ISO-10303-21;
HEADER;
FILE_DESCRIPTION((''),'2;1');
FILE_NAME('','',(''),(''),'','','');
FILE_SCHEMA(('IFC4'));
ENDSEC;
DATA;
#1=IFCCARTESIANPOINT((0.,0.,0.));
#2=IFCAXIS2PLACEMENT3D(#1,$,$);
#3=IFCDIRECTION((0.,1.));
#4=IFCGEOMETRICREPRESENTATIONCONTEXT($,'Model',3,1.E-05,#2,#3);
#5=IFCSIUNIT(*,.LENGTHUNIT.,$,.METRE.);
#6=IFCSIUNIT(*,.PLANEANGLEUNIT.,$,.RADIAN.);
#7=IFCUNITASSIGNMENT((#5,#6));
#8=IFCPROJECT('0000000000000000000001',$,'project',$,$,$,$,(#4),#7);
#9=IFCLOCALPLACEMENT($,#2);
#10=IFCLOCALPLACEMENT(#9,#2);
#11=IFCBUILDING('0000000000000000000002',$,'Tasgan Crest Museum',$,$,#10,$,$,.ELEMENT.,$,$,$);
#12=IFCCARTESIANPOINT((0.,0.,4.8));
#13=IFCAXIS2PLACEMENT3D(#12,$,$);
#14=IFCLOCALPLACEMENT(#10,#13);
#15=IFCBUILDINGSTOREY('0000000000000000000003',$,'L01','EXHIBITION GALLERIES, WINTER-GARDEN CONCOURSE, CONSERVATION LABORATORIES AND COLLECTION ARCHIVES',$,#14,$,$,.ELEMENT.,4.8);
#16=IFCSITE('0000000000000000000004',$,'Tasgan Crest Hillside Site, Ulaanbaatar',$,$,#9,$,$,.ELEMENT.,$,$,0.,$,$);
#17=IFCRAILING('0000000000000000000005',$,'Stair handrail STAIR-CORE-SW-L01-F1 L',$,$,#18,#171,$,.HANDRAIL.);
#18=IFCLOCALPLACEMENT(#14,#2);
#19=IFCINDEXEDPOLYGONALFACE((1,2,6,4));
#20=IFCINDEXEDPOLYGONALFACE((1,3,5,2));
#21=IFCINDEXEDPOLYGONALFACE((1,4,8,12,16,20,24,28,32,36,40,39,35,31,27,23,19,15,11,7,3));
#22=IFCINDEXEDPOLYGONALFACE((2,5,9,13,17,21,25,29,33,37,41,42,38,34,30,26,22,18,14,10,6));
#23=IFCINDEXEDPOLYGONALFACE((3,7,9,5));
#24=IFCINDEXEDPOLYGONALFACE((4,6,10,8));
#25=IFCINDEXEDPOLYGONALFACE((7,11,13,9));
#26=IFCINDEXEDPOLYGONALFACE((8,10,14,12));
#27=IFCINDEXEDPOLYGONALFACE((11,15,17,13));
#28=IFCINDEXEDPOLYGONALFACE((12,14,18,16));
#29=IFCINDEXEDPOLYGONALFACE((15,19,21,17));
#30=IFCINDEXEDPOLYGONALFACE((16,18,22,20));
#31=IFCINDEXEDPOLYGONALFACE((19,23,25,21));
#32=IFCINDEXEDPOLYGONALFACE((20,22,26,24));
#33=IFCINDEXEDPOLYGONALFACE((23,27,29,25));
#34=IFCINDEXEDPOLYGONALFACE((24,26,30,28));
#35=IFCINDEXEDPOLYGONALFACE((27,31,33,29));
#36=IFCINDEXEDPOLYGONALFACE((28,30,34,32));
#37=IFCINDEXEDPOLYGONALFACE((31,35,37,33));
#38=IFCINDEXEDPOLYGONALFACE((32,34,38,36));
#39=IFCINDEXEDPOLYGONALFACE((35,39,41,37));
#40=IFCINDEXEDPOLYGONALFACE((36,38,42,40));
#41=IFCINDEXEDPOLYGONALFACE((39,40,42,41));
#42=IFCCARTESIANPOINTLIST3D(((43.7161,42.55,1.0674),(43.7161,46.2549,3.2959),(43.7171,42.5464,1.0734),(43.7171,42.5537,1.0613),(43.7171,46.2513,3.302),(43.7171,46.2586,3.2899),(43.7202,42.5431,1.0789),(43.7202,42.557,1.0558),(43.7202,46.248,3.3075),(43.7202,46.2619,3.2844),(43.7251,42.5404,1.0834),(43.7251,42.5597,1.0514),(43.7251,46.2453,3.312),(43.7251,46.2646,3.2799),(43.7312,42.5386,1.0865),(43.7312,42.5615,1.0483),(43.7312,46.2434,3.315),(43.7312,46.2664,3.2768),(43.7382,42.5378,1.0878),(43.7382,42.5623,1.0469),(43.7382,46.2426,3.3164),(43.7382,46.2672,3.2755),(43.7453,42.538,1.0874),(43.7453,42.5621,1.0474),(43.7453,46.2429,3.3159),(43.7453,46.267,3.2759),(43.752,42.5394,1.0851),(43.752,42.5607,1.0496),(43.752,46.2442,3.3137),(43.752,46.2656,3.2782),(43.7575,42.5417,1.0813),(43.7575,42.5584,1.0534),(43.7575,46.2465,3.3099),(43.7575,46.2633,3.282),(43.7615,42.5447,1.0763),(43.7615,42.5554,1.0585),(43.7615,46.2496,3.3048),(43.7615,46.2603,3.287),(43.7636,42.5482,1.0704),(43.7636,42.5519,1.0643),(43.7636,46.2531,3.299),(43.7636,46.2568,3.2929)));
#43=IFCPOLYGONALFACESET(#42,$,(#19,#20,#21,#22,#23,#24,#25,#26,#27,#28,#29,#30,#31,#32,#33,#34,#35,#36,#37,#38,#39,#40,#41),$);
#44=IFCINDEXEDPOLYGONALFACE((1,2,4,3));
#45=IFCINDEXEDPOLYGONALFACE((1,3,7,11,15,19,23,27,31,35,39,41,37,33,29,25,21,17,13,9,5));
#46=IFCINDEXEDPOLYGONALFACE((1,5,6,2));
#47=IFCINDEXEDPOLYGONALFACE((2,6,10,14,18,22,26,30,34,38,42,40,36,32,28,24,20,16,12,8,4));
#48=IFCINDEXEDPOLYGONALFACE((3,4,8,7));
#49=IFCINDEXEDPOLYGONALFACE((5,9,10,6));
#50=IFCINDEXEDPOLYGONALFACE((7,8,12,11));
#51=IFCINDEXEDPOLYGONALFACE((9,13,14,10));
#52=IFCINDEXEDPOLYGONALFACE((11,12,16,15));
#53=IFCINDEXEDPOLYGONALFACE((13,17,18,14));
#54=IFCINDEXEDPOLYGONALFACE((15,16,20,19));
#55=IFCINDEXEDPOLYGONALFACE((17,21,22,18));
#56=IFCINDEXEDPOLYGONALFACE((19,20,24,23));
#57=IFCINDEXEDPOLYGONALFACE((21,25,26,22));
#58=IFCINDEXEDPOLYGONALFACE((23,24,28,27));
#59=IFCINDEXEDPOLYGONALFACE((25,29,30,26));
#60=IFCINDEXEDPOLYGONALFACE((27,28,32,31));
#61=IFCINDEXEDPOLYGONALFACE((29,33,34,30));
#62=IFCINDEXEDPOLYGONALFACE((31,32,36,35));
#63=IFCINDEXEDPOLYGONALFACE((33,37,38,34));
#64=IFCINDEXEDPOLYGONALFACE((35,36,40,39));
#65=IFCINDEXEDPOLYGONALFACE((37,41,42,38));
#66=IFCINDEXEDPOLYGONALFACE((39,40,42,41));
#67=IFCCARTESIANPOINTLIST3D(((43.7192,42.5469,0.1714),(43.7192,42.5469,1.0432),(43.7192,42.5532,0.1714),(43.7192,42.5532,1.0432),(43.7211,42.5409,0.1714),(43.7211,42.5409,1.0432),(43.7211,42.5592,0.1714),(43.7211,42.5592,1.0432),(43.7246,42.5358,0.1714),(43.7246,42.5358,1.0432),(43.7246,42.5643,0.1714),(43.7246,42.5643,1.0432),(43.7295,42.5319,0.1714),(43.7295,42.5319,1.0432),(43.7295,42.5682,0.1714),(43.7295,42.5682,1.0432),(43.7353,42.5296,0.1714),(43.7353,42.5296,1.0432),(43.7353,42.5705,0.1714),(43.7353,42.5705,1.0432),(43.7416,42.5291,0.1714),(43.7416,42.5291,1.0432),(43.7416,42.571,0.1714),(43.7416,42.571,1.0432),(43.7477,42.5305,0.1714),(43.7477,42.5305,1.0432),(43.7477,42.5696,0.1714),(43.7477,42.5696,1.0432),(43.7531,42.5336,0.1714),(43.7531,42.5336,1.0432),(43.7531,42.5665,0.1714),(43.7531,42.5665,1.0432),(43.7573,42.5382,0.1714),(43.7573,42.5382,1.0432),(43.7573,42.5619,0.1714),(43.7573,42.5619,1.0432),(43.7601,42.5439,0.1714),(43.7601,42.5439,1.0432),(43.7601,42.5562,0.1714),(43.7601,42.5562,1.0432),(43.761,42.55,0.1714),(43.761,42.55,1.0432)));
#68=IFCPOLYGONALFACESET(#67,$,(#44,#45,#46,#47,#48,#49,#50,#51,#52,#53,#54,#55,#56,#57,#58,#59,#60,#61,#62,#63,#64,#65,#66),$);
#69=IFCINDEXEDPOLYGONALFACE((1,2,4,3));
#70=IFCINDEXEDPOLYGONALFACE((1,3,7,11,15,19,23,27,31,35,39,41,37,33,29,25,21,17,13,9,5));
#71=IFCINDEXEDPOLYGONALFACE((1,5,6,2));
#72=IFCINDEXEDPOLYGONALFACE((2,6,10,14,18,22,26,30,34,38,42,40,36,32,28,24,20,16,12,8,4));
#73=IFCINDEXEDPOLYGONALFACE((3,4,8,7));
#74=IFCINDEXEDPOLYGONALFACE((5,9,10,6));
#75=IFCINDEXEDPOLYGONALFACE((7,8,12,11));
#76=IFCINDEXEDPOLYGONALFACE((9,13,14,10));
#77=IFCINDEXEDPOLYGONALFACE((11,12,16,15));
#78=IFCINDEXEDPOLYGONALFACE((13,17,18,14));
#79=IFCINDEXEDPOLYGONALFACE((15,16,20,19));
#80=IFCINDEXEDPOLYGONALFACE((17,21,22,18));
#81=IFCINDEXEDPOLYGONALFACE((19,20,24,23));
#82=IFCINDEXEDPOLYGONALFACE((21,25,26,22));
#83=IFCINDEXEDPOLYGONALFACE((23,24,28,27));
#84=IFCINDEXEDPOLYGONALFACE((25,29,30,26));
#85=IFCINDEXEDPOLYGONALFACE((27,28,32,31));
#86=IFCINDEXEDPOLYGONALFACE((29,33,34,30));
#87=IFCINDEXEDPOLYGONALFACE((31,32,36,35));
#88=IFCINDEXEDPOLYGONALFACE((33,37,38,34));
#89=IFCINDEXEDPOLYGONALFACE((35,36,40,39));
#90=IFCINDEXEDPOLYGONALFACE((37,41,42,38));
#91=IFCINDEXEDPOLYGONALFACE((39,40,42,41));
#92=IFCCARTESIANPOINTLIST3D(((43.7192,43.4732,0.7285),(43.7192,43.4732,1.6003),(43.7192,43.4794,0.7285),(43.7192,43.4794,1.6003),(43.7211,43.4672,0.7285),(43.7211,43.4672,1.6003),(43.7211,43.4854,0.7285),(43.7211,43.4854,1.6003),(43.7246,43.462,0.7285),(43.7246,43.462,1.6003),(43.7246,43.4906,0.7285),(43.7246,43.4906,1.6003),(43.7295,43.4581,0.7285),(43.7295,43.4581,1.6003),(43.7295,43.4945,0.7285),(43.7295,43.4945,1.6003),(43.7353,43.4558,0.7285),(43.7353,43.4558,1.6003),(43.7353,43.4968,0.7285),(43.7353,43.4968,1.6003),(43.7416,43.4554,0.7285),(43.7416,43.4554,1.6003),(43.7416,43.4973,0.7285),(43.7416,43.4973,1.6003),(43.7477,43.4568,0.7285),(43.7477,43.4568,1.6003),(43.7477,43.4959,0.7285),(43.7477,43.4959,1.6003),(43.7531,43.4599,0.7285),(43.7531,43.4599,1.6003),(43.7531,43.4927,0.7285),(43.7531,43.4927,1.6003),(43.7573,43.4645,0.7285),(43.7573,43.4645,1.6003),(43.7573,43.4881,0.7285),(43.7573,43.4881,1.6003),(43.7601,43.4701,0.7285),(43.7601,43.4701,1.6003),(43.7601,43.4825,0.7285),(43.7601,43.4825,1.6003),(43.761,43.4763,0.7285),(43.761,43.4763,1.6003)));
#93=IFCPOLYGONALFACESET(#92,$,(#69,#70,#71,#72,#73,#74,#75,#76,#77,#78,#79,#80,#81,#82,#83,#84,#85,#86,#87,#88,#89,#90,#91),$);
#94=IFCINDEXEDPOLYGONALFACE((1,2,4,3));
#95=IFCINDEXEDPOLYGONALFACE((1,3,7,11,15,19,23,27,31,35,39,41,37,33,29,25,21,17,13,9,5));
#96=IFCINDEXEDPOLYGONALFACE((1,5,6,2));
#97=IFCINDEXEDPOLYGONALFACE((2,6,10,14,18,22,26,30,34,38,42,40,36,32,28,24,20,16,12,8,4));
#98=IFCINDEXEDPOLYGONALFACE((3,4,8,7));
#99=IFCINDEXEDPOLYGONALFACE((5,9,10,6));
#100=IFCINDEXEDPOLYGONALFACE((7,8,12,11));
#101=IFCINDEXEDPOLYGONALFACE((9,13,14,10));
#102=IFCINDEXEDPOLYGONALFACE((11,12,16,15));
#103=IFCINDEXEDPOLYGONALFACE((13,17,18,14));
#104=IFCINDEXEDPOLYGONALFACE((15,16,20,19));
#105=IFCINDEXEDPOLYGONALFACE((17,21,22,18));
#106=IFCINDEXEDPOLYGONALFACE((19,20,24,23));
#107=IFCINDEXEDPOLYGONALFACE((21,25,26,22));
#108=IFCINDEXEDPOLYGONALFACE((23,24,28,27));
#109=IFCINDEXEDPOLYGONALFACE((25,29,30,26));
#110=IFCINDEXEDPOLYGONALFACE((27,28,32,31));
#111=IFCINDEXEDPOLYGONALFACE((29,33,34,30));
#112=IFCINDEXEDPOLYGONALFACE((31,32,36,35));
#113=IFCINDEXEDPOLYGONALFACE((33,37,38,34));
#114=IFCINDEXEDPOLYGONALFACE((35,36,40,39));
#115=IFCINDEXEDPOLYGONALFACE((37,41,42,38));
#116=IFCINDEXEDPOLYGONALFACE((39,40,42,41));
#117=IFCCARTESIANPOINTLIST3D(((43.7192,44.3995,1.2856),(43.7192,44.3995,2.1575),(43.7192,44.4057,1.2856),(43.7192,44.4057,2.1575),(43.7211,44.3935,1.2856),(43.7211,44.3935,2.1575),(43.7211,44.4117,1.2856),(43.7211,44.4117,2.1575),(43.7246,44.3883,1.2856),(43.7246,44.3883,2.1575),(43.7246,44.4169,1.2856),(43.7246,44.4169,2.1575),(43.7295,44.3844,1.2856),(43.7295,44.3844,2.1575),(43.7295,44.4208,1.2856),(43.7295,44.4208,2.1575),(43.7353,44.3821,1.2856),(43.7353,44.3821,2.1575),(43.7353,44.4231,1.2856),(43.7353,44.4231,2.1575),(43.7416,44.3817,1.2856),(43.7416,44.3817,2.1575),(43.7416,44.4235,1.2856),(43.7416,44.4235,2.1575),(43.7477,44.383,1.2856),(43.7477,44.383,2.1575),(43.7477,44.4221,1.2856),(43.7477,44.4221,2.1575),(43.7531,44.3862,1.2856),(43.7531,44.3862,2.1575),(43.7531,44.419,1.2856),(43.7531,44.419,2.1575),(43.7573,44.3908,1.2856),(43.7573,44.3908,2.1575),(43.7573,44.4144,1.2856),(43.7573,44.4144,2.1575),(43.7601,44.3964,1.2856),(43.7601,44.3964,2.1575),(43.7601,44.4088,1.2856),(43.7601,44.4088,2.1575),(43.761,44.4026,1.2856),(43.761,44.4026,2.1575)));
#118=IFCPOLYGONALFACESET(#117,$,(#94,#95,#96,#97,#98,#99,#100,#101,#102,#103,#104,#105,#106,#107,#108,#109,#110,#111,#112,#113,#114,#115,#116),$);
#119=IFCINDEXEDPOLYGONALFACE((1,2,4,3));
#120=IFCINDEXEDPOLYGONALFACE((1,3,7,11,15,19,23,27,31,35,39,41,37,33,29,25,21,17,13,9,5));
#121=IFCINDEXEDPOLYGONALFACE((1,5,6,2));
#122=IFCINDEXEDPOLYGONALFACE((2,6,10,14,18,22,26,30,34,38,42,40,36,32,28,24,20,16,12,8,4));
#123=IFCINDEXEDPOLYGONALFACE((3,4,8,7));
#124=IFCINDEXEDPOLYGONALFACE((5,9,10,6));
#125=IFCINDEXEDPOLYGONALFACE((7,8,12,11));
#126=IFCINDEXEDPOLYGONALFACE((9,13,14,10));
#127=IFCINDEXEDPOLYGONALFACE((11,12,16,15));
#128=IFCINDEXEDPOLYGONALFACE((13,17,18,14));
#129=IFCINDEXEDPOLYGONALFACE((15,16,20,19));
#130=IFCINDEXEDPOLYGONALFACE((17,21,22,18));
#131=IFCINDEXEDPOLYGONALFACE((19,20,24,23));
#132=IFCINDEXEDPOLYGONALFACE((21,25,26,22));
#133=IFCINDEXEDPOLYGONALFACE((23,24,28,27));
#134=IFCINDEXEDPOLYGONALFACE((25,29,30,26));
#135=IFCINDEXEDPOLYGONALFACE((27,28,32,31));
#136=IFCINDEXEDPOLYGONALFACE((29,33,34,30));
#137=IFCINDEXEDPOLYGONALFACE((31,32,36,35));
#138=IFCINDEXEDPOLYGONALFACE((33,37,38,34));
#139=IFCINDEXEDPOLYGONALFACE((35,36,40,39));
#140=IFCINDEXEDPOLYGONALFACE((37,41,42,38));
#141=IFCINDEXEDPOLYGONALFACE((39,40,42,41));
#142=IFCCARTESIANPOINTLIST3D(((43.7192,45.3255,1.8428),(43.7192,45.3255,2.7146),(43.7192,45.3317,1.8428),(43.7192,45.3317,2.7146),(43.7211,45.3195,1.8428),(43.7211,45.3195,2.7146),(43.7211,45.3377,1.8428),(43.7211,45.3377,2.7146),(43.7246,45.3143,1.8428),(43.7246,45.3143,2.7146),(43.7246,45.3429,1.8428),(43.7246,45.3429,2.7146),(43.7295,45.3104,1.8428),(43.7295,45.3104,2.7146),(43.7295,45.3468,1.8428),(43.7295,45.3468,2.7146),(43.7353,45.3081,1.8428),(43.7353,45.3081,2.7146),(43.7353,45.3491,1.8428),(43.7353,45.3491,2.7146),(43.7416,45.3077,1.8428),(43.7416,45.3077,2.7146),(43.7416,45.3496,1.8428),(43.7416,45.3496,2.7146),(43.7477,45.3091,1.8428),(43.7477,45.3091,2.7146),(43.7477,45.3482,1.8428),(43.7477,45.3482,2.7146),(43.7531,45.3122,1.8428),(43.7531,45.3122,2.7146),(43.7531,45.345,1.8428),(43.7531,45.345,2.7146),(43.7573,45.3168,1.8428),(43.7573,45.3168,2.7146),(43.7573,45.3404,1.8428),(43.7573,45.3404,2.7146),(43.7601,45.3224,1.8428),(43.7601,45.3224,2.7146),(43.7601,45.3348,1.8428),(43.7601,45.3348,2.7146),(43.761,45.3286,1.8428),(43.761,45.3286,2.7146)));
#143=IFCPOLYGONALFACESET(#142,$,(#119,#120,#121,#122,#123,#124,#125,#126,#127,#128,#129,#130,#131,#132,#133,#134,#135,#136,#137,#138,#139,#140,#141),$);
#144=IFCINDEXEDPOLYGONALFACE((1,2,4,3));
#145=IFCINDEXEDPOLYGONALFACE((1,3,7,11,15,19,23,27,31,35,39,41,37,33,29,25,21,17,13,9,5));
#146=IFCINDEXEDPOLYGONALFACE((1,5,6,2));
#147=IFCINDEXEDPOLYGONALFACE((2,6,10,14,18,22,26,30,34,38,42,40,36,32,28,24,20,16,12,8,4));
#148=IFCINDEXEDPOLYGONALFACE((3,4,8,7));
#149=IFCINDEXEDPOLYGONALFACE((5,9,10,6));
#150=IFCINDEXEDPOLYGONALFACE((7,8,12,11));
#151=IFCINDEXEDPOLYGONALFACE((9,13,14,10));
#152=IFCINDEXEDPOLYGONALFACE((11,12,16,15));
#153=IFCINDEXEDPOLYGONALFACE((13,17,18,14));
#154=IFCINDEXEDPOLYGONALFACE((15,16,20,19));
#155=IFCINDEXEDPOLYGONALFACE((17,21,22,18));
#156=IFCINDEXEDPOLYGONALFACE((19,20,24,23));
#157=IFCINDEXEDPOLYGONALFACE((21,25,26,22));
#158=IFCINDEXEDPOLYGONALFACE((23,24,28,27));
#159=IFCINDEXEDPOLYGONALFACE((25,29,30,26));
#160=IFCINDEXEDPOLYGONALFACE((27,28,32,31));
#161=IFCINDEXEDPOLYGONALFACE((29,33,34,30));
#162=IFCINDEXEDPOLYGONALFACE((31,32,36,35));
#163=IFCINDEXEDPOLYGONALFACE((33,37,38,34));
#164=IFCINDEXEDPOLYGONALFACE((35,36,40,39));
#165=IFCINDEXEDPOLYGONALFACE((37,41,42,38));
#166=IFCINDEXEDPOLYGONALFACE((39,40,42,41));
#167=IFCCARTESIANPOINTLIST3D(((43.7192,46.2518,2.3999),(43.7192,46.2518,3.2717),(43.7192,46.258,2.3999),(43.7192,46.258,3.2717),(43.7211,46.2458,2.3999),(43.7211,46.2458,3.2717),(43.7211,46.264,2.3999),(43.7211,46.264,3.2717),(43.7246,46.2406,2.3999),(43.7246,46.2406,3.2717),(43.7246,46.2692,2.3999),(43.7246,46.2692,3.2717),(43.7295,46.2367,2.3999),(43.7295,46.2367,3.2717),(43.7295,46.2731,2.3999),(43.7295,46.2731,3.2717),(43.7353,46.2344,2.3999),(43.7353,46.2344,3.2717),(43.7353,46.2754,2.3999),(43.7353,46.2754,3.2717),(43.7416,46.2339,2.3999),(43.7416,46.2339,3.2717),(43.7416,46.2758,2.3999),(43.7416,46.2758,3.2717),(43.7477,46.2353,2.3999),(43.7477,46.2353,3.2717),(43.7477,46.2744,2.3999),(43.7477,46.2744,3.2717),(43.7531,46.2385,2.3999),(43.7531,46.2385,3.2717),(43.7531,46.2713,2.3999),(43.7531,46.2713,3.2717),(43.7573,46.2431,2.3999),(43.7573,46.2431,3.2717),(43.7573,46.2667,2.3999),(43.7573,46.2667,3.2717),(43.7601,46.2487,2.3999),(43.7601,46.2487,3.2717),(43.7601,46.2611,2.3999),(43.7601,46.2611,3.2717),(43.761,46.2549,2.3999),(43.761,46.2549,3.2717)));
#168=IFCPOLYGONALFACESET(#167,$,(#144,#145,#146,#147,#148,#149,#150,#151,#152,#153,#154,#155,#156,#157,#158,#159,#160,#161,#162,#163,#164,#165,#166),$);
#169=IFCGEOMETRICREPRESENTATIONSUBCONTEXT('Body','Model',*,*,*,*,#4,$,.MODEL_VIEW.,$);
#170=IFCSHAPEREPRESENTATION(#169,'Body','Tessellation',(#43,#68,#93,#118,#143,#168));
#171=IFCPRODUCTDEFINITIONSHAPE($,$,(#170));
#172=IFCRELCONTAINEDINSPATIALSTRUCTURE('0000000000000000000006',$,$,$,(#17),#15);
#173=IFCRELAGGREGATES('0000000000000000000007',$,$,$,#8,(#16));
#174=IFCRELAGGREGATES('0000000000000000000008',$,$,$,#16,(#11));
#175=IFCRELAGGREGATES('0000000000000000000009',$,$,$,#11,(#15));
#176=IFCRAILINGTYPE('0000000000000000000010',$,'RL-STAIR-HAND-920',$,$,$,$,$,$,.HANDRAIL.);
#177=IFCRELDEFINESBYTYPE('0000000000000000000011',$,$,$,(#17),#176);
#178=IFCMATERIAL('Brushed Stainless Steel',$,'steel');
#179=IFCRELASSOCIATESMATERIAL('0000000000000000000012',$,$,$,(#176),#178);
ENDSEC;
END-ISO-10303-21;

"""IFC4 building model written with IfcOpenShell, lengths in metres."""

from ifc_helpers import new_model, si_unit, direction, frame, origin, origin_2d, place, context, subcontext, project, spatial, circle, extrude, material, type_object, element, save


model = new_model("IFC4")

# Units and contexts
model_context = context("Model", 3, precision=1e-05, world=origin(), true_north=direction((0.0, 1.0)))
body_context = subcontext(model_context, "Body", "Model", "MODEL_VIEW")
ifc_project = project(units=[si_unit("LENGTHUNIT", "METRE"), si_unit("PLANEANGLEUNIT", "RADIAN")], contexts=[model_context])

# Site, building, storey
site_placement = place(None, origin())
site = spatial("IfcSite", under=ifc_project, at=site_placement, Name="Tasgan Crest Hillside Site, Ulaanbaatar", CompositionType="ELEMENT", RefElevation=0.0)
building_placement = place(site_placement, origin())
building = spatial("IfcBuilding", under=site, at=building_placement, Name="Tasgan Crest Museum", CompositionType="ELEMENT")
storey_placement = place(building_placement, frame((0.0, 0.0, 4.8)))
storey = spatial("IfcBuildingStorey", under=building, at=storey_placement, Name="L01", Description="EXHIBITION GALLERIES, WINTER-GARDEN CONCOURSE, CONSERVATION LABORATORIES AND COLLECTION ARCHIVES", CompositionType="ELEMENT", Elevation=4.8)

# Railing
ifc_material_1 = material(Name="Brushed Stainless Steel", Category="steel")
railing_type_1 = type_object("IfcRailingType", Name="RL-STAIR-HAND-920", PredefinedType="HANDRAIL", material=ifc_material_1)
for number, where, name in (
    (1, (43.74, 42.55, 0.1714), "Stair handrail STAIR-CORE-SW-L01-F1 L"),
):
    element("IfcRailing", number, at=place(storey_placement, frame(where)), inside=storey, type_object=railing_type_1, Name=name, PredefinedType="HANDRAIL", context=body_context, shape_type="SweptSolid", body=[
        extrude(circle(Radius=0.0239, at=origin_2d()), frame((0.0, 0.0, 0.896), z_axis=(0.0, 0.856919, 0.51545), x_axis=(-1.0, 0.0, 0.0)), (0.0, 0.0, 1.0), 4.3235),
        extrude(circle(Radius=0.021, at=origin_2d()), origin(), (0.0, 0.0, 1.0), 0.8718),
        extrude(circle(Radius=0.021, at=origin_2d()), frame((0.0, 0.9263, 0.5571)), (0.0, 0.0, 1.0), 0.8718),
        extrude(circle(Radius=0.021, at=origin_2d()), frame((0.0, 1.8525, 1.1143)), (0.0, 0.0, 1.0), 0.8718),
        extrude(circle(Radius=0.021, at=origin_2d()), frame((0.0, 2.7786, 1.6714)), (0.0, 0.0, 1.0), 0.8718),
        extrude(circle(Radius=0.021, at=origin_2d()), frame((0.0, 3.7048, 2.2285)), (0.0, 0.0, 1.0), 0.8718),
    ])

save(model, "model.ifc")
